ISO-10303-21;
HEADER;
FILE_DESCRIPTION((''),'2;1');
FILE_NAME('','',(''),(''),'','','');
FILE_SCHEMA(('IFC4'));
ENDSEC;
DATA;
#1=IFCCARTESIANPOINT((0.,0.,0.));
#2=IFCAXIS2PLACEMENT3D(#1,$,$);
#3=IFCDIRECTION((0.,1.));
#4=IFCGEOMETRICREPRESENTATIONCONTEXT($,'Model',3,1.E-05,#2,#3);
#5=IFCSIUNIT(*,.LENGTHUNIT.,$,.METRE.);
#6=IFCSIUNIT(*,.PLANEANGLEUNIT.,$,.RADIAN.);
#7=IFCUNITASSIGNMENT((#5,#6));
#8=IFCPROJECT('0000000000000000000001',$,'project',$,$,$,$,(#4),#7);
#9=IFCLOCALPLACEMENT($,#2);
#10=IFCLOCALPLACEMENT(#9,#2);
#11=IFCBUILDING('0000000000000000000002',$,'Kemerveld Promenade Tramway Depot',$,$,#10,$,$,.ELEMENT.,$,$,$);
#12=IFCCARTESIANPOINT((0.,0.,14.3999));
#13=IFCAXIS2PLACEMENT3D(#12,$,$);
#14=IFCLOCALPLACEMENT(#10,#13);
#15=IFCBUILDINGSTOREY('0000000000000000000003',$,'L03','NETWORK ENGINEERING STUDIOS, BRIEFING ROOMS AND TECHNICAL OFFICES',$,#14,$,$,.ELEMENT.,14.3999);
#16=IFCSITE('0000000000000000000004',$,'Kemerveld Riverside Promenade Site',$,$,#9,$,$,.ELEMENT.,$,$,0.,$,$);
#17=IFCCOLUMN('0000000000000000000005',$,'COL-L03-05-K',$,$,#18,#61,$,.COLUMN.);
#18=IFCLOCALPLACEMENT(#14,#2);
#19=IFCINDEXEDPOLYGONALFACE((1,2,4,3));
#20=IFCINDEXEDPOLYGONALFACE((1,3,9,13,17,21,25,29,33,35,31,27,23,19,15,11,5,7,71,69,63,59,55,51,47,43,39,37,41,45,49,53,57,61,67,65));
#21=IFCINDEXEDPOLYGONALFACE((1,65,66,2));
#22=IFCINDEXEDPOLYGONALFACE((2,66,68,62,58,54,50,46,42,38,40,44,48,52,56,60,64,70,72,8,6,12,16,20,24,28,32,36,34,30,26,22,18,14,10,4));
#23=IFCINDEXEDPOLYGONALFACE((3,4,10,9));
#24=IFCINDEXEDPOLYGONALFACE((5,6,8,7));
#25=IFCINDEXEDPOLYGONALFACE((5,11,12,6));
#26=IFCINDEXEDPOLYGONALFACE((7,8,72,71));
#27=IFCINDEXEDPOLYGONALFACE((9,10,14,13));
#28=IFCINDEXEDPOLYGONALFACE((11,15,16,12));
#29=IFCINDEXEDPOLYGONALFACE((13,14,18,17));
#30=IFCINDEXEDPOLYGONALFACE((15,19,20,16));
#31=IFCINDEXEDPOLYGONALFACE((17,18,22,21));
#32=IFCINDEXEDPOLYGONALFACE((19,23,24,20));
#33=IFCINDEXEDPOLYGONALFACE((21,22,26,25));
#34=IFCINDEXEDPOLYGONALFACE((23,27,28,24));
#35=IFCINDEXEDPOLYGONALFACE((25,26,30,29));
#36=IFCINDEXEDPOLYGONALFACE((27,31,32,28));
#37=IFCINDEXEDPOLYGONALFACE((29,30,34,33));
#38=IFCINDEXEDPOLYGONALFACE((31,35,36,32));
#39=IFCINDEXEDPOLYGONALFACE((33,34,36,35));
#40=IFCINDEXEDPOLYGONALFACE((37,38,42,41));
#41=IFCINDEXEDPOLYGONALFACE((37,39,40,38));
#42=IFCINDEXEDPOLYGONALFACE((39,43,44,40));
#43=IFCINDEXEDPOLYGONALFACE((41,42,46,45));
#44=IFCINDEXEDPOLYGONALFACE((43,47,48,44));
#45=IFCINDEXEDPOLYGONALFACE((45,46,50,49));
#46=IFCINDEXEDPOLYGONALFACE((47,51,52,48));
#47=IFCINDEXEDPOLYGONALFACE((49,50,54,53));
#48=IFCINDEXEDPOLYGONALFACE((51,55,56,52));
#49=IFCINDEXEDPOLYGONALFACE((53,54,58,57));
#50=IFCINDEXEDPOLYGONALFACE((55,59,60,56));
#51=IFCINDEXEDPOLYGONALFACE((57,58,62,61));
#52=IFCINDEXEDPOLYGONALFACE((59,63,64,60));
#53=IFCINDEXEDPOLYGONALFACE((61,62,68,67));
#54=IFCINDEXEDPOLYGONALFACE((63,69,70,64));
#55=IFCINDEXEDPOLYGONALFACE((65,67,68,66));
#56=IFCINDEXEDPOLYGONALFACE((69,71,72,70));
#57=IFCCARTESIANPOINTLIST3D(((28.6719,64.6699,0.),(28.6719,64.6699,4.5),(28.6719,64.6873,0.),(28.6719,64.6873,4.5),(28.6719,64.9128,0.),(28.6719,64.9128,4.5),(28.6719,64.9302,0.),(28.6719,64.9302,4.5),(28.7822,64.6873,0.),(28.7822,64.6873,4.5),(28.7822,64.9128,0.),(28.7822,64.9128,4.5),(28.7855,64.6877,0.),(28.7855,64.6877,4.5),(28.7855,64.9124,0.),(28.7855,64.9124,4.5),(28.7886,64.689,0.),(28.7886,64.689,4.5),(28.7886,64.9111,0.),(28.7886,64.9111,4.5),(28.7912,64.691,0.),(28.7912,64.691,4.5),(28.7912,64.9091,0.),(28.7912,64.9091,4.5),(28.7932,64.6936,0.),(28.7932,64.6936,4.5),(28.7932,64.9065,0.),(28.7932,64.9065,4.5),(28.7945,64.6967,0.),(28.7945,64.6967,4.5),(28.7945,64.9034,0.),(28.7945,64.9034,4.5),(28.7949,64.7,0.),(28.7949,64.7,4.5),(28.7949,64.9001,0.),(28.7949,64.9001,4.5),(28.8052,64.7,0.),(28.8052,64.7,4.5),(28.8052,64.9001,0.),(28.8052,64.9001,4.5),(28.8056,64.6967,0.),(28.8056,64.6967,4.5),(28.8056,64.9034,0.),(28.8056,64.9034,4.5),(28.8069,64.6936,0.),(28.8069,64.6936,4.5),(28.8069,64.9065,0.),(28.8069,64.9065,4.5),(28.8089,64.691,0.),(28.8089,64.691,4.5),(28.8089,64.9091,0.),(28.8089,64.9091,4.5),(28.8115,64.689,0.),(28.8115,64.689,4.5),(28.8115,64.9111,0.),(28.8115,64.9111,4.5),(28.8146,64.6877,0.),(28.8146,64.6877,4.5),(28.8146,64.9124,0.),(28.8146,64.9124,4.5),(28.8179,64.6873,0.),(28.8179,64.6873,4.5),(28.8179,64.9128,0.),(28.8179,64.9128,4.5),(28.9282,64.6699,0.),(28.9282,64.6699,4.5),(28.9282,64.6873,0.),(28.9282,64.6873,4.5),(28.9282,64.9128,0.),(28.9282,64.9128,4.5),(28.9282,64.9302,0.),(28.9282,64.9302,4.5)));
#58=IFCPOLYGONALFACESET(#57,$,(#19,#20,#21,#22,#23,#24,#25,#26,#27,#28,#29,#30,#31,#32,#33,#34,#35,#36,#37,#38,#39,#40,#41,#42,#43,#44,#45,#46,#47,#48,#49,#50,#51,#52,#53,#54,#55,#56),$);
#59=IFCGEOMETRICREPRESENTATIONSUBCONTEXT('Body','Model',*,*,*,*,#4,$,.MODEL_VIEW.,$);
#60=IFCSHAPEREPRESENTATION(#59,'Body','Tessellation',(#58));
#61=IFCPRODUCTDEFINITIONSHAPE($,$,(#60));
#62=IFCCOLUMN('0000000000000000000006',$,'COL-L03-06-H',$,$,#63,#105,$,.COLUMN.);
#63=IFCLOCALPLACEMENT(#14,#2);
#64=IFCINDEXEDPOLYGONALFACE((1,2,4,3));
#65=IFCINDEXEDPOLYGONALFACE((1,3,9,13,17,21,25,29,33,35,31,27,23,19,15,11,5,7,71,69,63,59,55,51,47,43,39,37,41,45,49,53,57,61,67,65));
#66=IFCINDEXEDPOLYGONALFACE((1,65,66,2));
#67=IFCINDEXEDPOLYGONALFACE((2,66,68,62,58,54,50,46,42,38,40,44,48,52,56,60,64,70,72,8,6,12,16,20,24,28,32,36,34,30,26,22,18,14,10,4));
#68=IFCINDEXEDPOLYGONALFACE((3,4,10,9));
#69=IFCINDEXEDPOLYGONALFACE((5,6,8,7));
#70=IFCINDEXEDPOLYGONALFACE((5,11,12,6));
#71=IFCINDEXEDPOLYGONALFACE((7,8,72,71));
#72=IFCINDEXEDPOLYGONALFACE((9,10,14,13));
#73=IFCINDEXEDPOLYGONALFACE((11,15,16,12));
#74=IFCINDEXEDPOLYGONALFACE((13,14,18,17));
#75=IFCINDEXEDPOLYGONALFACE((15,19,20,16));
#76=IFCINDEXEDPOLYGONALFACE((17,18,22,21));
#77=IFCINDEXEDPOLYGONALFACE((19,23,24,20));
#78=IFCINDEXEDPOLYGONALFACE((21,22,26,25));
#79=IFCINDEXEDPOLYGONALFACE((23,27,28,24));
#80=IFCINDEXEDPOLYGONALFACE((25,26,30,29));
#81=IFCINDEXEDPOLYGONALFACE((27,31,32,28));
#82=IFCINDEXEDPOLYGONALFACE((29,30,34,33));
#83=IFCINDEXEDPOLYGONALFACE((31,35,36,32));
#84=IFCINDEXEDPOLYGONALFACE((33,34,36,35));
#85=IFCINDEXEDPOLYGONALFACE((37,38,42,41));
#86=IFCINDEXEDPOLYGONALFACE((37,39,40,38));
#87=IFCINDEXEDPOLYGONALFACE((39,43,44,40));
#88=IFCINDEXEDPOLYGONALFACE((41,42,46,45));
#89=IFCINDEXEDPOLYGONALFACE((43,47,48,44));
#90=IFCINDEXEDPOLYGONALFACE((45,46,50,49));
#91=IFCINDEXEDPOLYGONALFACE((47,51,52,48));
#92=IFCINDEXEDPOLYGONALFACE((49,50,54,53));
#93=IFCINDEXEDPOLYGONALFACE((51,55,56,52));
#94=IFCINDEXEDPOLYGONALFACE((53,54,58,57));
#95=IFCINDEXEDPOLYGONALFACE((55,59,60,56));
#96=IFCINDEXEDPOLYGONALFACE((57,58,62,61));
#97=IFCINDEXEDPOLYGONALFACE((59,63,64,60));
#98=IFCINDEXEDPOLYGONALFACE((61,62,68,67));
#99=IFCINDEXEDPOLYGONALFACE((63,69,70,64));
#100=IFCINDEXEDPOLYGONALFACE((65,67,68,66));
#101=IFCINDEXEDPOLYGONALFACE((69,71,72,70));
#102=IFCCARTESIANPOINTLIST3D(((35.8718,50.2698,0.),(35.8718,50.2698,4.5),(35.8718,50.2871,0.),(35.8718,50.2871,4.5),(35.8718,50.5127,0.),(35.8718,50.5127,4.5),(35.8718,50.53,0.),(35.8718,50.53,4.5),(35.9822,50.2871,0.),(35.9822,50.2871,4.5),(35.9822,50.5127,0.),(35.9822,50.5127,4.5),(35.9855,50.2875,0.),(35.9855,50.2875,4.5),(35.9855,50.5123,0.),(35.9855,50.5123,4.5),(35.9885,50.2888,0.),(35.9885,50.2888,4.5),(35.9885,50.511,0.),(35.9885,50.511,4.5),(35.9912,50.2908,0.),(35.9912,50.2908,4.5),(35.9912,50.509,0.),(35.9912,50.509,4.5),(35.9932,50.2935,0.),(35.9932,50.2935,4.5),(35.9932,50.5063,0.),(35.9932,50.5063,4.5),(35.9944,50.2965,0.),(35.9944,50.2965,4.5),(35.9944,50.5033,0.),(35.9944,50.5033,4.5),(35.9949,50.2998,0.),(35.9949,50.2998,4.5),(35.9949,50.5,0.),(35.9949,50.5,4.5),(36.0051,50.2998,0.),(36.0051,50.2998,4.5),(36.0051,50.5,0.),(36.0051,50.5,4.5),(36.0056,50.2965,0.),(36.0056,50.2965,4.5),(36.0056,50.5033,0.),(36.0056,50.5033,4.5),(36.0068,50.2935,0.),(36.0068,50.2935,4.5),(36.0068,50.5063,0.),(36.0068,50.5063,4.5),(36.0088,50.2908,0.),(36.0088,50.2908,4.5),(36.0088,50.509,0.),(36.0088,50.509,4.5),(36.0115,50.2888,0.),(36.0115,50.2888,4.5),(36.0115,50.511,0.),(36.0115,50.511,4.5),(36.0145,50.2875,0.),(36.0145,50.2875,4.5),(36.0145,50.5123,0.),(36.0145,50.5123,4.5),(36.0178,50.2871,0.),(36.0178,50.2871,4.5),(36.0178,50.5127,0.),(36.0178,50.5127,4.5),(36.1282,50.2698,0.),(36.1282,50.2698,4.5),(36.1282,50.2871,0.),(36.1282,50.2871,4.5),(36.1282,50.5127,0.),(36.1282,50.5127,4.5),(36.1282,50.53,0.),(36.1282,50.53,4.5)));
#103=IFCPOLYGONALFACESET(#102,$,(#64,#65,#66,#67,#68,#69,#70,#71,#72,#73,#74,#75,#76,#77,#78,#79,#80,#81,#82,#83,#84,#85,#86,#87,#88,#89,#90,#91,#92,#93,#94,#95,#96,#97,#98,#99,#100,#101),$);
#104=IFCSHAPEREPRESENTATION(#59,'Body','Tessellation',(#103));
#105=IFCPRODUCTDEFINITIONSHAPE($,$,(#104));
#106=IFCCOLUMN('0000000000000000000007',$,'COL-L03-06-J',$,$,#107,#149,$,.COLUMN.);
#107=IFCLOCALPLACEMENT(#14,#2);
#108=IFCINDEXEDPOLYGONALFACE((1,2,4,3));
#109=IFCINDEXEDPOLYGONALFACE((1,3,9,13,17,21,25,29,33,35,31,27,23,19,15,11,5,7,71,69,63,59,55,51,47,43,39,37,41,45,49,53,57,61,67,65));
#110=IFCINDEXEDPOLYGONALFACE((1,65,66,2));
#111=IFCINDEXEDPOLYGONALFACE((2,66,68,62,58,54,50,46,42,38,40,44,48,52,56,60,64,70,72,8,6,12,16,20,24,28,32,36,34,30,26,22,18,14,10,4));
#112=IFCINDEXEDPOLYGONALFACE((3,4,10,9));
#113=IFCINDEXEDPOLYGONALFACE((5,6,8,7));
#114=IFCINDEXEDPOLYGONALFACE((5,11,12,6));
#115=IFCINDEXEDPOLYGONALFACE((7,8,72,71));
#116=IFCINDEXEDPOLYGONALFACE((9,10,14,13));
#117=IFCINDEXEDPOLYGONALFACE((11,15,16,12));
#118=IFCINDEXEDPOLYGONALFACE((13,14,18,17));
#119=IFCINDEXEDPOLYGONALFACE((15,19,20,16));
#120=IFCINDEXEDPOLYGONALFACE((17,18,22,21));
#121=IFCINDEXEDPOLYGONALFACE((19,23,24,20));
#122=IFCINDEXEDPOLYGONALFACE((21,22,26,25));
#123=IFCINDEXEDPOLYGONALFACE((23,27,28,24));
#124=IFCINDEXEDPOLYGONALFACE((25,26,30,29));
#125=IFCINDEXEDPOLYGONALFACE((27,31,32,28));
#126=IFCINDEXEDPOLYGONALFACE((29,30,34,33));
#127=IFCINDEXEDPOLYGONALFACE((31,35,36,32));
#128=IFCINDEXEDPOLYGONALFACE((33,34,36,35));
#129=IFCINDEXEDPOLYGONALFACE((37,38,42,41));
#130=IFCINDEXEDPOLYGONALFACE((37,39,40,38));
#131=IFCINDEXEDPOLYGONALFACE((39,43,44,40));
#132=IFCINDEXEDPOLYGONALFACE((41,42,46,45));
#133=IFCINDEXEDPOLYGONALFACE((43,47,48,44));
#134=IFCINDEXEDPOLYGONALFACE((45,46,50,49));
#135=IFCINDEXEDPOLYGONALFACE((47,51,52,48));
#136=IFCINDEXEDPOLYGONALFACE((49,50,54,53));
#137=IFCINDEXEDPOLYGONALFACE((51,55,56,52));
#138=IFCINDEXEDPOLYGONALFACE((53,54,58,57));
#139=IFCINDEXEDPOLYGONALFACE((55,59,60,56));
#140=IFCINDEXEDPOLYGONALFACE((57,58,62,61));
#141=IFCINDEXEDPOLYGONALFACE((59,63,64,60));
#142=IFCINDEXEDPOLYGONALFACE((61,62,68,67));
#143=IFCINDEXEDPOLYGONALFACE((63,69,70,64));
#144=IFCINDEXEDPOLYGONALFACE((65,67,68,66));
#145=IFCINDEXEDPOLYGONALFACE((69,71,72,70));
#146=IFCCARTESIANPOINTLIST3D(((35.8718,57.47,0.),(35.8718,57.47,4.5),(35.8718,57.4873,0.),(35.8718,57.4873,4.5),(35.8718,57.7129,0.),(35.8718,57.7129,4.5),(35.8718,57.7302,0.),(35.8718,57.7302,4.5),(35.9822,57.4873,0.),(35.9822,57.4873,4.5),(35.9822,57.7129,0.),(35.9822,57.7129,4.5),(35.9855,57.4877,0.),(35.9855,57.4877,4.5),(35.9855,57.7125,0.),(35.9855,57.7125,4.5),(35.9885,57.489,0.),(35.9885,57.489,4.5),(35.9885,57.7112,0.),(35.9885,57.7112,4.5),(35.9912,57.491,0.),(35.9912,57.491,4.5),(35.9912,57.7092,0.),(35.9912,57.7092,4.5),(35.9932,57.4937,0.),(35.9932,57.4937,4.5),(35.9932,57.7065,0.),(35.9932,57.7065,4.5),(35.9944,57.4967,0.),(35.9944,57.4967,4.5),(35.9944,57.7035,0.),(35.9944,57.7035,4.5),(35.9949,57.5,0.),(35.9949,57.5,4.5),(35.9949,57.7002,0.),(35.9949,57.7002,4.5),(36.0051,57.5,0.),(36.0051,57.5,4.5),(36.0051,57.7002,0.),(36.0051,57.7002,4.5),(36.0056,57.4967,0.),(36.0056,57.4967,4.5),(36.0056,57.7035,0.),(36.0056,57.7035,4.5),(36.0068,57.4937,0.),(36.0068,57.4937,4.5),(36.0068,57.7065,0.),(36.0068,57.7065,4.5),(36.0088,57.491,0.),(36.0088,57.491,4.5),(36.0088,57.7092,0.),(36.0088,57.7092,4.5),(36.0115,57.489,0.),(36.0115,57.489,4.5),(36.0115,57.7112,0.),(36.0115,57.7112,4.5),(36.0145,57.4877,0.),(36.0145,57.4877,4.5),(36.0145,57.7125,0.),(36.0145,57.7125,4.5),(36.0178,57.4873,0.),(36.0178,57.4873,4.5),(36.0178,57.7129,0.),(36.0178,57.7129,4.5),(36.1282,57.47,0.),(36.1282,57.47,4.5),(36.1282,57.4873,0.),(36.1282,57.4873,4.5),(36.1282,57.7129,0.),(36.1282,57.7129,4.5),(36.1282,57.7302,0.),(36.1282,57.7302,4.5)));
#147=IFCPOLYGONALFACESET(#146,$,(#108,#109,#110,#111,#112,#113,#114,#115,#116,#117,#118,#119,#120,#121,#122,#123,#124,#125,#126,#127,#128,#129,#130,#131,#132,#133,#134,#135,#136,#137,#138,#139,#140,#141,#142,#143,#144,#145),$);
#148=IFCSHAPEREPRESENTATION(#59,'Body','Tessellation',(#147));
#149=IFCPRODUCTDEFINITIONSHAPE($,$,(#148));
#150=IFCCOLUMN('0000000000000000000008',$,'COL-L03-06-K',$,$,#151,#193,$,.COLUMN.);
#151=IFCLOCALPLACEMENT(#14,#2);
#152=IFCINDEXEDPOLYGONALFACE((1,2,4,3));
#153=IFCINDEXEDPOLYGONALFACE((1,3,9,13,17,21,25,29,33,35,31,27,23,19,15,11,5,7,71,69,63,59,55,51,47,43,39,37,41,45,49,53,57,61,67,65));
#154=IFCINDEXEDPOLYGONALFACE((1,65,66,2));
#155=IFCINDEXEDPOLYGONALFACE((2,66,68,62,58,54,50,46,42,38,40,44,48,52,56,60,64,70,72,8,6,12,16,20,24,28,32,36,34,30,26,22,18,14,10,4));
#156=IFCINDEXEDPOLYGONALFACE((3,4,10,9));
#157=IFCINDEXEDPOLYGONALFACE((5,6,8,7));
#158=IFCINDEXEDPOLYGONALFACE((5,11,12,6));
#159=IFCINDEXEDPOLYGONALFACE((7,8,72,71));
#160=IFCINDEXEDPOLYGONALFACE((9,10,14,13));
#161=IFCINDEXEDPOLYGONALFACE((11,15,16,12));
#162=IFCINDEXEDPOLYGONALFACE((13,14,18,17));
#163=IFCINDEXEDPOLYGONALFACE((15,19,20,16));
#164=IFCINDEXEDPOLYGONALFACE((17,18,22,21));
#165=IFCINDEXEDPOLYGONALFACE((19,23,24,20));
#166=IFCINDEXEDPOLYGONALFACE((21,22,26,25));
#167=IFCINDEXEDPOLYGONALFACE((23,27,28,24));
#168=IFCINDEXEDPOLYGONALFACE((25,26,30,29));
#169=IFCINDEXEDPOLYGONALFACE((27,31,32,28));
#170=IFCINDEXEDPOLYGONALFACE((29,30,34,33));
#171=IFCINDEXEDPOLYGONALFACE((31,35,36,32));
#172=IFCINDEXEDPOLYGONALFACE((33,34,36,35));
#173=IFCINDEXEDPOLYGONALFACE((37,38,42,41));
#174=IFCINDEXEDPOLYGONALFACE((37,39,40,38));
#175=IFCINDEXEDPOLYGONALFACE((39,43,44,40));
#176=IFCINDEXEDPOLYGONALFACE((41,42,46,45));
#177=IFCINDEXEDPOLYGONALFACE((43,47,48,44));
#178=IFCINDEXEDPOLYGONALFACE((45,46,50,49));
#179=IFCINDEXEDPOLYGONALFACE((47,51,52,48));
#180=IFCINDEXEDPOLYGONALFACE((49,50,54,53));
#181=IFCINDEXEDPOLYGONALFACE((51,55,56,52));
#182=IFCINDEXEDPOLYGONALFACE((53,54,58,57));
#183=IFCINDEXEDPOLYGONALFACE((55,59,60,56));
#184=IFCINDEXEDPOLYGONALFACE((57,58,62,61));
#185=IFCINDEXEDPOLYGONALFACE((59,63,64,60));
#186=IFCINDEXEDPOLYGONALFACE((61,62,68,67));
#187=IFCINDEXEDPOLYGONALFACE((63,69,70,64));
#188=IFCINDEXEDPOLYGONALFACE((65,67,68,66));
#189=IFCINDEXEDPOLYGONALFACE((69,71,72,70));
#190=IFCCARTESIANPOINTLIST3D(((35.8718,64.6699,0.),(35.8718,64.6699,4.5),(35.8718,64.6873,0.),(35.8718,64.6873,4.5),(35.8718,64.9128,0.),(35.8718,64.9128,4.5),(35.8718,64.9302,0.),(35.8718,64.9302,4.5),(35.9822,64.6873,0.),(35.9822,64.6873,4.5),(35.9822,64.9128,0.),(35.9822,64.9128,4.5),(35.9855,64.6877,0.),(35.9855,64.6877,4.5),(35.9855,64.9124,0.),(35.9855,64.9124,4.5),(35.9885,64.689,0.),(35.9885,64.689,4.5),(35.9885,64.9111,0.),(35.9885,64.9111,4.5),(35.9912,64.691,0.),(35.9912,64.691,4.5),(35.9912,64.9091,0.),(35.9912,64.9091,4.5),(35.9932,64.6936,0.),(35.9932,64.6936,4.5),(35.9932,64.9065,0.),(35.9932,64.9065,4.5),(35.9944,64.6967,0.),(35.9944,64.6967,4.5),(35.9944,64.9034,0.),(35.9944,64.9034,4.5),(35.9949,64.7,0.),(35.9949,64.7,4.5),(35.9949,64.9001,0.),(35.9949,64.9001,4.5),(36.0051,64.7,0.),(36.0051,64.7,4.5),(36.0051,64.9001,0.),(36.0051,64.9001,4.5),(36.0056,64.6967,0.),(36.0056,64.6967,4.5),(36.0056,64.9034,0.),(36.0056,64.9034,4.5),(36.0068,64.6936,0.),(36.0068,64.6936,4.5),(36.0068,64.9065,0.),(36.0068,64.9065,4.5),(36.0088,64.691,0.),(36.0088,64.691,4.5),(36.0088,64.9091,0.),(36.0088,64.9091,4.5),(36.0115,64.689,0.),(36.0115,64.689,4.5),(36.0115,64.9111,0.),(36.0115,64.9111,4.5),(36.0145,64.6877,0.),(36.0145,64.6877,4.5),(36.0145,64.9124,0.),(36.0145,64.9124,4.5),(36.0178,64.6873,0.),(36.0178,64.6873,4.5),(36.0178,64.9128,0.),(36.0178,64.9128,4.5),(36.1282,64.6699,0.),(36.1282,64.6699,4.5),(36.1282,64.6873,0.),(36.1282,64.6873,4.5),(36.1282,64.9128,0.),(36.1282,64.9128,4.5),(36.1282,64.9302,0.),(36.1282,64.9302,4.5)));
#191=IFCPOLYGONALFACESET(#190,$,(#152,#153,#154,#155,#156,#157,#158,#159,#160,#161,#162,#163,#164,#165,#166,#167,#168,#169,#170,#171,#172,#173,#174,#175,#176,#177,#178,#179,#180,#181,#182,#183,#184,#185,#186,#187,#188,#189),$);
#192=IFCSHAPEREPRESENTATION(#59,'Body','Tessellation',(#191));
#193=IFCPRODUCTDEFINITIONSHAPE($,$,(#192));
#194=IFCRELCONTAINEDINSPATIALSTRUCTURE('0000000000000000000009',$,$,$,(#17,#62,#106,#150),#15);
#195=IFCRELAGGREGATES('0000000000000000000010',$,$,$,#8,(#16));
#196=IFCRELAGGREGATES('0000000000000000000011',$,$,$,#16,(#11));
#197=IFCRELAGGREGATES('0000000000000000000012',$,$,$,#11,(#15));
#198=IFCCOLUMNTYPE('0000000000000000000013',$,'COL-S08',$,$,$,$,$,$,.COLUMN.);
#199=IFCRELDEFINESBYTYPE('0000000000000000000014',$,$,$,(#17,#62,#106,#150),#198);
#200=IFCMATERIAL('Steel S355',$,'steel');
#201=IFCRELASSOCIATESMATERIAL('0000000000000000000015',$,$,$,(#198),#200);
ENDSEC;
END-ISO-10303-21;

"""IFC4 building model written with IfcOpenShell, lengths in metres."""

from ifc_helpers import new_model, si_unit, direction, frame, origin, origin_2d, place, context, subcontext, project, spatial, i_section, extrude, material, material_profile, profile_set, type_object, element, save


model = new_model("IFC4")

# Units and contexts
model_context = context("Model", 3, precision=1e-05, world=origin(), true_north=direction((0.0, 1.0)))
body_context = subcontext(model_context, "Body", "Model", "MODEL_VIEW")
ifc_project = project(units=[si_unit("LENGTHUNIT", "METRE"), si_unit("PLANEANGLEUNIT", "RADIAN")], contexts=[model_context])

# Site, building, storey
site_placement = place(None, origin())
site = spatial("IfcSite", under=ifc_project, at=site_placement, Name="Kemerveld Riverside Promenade Site", CompositionType="ELEMENT", RefElevation=0.0)
building_placement = place(site_placement, origin())
building = spatial("IfcBuilding", under=site, at=building_placement, Name="Kemerveld Promenade Tramway Depot", CompositionType="ELEMENT")
storey_placement = place(building_placement, frame((0.0, 0.0, 14.3999)))
storey = spatial("IfcBuildingStorey", under=building, at=storey_placement, Name="L03", Description="NETWORK ENGINEERING STUDIOS, BRIEFING ROOMS AND TECHNICAL OFFICES", CompositionType="ELEMENT", Elevation=14.3999)

# Columns
ifc_material_1 = material(Name="Steel S355", Category="steel")
ifc_material_profile_1 = material_profile(ifc_material_1, i_section(OverallWidth=0.2563, OverallDepth=0.2603, WebThickness=0.0103, FlangeThickness=0.0173, FilletRadius=0.0127, at=origin_2d()), Name="254x254x89 UC")
ifc_profile_set_1 = profile_set([ifc_material_profile_1], Name="Steel S355")
column_type = type_object("IfcColumnType", Name="COL-S08", PredefinedType="COLUMN", material=ifc_profile_set_1)
for number, where, z_axis, x_axis, name in (
    (1, (28.8, 64.8, 0.0), (0.0, 0.0, 1.0), (1.0, 0.0, 0.0), "COL-L03-05-K"),
    (2, (36.0, 50.3999, 0.0), (0.0, 0.0, 1.0), (1.0, 0.0, 0.0), "COL-L03-06-H"),
    (3, (36.0, 57.6001, 0.0), (0.0, 0.0, 1.0), (1.0, 0.0, 0.0), "COL-L03-06-J"),
    (4, (36.0, 64.8, 0.0), (0.0, 0.0, 1.0), (1.0, 0.0, 0.0), "COL-L03-06-K"),
):
    element("IfcColumn", number, at=place(storey_placement, frame(where, z_axis=z_axis, x_axis=x_axis)), inside=storey, type_object=column_type, Name=name, PredefinedType="COLUMN", context=body_context, shape_type="SweptSolid", body=[
        extrude(i_section(OverallWidth=0.2563, OverallDepth=0.2603, WebThickness=0.0103, FlangeThickness=0.0173, FilletRadius=0.0127, at=origin_2d()), origin(), (0.0, 0.0, 1.0), 4.5),
    ])

save(model, "model.ifc")
